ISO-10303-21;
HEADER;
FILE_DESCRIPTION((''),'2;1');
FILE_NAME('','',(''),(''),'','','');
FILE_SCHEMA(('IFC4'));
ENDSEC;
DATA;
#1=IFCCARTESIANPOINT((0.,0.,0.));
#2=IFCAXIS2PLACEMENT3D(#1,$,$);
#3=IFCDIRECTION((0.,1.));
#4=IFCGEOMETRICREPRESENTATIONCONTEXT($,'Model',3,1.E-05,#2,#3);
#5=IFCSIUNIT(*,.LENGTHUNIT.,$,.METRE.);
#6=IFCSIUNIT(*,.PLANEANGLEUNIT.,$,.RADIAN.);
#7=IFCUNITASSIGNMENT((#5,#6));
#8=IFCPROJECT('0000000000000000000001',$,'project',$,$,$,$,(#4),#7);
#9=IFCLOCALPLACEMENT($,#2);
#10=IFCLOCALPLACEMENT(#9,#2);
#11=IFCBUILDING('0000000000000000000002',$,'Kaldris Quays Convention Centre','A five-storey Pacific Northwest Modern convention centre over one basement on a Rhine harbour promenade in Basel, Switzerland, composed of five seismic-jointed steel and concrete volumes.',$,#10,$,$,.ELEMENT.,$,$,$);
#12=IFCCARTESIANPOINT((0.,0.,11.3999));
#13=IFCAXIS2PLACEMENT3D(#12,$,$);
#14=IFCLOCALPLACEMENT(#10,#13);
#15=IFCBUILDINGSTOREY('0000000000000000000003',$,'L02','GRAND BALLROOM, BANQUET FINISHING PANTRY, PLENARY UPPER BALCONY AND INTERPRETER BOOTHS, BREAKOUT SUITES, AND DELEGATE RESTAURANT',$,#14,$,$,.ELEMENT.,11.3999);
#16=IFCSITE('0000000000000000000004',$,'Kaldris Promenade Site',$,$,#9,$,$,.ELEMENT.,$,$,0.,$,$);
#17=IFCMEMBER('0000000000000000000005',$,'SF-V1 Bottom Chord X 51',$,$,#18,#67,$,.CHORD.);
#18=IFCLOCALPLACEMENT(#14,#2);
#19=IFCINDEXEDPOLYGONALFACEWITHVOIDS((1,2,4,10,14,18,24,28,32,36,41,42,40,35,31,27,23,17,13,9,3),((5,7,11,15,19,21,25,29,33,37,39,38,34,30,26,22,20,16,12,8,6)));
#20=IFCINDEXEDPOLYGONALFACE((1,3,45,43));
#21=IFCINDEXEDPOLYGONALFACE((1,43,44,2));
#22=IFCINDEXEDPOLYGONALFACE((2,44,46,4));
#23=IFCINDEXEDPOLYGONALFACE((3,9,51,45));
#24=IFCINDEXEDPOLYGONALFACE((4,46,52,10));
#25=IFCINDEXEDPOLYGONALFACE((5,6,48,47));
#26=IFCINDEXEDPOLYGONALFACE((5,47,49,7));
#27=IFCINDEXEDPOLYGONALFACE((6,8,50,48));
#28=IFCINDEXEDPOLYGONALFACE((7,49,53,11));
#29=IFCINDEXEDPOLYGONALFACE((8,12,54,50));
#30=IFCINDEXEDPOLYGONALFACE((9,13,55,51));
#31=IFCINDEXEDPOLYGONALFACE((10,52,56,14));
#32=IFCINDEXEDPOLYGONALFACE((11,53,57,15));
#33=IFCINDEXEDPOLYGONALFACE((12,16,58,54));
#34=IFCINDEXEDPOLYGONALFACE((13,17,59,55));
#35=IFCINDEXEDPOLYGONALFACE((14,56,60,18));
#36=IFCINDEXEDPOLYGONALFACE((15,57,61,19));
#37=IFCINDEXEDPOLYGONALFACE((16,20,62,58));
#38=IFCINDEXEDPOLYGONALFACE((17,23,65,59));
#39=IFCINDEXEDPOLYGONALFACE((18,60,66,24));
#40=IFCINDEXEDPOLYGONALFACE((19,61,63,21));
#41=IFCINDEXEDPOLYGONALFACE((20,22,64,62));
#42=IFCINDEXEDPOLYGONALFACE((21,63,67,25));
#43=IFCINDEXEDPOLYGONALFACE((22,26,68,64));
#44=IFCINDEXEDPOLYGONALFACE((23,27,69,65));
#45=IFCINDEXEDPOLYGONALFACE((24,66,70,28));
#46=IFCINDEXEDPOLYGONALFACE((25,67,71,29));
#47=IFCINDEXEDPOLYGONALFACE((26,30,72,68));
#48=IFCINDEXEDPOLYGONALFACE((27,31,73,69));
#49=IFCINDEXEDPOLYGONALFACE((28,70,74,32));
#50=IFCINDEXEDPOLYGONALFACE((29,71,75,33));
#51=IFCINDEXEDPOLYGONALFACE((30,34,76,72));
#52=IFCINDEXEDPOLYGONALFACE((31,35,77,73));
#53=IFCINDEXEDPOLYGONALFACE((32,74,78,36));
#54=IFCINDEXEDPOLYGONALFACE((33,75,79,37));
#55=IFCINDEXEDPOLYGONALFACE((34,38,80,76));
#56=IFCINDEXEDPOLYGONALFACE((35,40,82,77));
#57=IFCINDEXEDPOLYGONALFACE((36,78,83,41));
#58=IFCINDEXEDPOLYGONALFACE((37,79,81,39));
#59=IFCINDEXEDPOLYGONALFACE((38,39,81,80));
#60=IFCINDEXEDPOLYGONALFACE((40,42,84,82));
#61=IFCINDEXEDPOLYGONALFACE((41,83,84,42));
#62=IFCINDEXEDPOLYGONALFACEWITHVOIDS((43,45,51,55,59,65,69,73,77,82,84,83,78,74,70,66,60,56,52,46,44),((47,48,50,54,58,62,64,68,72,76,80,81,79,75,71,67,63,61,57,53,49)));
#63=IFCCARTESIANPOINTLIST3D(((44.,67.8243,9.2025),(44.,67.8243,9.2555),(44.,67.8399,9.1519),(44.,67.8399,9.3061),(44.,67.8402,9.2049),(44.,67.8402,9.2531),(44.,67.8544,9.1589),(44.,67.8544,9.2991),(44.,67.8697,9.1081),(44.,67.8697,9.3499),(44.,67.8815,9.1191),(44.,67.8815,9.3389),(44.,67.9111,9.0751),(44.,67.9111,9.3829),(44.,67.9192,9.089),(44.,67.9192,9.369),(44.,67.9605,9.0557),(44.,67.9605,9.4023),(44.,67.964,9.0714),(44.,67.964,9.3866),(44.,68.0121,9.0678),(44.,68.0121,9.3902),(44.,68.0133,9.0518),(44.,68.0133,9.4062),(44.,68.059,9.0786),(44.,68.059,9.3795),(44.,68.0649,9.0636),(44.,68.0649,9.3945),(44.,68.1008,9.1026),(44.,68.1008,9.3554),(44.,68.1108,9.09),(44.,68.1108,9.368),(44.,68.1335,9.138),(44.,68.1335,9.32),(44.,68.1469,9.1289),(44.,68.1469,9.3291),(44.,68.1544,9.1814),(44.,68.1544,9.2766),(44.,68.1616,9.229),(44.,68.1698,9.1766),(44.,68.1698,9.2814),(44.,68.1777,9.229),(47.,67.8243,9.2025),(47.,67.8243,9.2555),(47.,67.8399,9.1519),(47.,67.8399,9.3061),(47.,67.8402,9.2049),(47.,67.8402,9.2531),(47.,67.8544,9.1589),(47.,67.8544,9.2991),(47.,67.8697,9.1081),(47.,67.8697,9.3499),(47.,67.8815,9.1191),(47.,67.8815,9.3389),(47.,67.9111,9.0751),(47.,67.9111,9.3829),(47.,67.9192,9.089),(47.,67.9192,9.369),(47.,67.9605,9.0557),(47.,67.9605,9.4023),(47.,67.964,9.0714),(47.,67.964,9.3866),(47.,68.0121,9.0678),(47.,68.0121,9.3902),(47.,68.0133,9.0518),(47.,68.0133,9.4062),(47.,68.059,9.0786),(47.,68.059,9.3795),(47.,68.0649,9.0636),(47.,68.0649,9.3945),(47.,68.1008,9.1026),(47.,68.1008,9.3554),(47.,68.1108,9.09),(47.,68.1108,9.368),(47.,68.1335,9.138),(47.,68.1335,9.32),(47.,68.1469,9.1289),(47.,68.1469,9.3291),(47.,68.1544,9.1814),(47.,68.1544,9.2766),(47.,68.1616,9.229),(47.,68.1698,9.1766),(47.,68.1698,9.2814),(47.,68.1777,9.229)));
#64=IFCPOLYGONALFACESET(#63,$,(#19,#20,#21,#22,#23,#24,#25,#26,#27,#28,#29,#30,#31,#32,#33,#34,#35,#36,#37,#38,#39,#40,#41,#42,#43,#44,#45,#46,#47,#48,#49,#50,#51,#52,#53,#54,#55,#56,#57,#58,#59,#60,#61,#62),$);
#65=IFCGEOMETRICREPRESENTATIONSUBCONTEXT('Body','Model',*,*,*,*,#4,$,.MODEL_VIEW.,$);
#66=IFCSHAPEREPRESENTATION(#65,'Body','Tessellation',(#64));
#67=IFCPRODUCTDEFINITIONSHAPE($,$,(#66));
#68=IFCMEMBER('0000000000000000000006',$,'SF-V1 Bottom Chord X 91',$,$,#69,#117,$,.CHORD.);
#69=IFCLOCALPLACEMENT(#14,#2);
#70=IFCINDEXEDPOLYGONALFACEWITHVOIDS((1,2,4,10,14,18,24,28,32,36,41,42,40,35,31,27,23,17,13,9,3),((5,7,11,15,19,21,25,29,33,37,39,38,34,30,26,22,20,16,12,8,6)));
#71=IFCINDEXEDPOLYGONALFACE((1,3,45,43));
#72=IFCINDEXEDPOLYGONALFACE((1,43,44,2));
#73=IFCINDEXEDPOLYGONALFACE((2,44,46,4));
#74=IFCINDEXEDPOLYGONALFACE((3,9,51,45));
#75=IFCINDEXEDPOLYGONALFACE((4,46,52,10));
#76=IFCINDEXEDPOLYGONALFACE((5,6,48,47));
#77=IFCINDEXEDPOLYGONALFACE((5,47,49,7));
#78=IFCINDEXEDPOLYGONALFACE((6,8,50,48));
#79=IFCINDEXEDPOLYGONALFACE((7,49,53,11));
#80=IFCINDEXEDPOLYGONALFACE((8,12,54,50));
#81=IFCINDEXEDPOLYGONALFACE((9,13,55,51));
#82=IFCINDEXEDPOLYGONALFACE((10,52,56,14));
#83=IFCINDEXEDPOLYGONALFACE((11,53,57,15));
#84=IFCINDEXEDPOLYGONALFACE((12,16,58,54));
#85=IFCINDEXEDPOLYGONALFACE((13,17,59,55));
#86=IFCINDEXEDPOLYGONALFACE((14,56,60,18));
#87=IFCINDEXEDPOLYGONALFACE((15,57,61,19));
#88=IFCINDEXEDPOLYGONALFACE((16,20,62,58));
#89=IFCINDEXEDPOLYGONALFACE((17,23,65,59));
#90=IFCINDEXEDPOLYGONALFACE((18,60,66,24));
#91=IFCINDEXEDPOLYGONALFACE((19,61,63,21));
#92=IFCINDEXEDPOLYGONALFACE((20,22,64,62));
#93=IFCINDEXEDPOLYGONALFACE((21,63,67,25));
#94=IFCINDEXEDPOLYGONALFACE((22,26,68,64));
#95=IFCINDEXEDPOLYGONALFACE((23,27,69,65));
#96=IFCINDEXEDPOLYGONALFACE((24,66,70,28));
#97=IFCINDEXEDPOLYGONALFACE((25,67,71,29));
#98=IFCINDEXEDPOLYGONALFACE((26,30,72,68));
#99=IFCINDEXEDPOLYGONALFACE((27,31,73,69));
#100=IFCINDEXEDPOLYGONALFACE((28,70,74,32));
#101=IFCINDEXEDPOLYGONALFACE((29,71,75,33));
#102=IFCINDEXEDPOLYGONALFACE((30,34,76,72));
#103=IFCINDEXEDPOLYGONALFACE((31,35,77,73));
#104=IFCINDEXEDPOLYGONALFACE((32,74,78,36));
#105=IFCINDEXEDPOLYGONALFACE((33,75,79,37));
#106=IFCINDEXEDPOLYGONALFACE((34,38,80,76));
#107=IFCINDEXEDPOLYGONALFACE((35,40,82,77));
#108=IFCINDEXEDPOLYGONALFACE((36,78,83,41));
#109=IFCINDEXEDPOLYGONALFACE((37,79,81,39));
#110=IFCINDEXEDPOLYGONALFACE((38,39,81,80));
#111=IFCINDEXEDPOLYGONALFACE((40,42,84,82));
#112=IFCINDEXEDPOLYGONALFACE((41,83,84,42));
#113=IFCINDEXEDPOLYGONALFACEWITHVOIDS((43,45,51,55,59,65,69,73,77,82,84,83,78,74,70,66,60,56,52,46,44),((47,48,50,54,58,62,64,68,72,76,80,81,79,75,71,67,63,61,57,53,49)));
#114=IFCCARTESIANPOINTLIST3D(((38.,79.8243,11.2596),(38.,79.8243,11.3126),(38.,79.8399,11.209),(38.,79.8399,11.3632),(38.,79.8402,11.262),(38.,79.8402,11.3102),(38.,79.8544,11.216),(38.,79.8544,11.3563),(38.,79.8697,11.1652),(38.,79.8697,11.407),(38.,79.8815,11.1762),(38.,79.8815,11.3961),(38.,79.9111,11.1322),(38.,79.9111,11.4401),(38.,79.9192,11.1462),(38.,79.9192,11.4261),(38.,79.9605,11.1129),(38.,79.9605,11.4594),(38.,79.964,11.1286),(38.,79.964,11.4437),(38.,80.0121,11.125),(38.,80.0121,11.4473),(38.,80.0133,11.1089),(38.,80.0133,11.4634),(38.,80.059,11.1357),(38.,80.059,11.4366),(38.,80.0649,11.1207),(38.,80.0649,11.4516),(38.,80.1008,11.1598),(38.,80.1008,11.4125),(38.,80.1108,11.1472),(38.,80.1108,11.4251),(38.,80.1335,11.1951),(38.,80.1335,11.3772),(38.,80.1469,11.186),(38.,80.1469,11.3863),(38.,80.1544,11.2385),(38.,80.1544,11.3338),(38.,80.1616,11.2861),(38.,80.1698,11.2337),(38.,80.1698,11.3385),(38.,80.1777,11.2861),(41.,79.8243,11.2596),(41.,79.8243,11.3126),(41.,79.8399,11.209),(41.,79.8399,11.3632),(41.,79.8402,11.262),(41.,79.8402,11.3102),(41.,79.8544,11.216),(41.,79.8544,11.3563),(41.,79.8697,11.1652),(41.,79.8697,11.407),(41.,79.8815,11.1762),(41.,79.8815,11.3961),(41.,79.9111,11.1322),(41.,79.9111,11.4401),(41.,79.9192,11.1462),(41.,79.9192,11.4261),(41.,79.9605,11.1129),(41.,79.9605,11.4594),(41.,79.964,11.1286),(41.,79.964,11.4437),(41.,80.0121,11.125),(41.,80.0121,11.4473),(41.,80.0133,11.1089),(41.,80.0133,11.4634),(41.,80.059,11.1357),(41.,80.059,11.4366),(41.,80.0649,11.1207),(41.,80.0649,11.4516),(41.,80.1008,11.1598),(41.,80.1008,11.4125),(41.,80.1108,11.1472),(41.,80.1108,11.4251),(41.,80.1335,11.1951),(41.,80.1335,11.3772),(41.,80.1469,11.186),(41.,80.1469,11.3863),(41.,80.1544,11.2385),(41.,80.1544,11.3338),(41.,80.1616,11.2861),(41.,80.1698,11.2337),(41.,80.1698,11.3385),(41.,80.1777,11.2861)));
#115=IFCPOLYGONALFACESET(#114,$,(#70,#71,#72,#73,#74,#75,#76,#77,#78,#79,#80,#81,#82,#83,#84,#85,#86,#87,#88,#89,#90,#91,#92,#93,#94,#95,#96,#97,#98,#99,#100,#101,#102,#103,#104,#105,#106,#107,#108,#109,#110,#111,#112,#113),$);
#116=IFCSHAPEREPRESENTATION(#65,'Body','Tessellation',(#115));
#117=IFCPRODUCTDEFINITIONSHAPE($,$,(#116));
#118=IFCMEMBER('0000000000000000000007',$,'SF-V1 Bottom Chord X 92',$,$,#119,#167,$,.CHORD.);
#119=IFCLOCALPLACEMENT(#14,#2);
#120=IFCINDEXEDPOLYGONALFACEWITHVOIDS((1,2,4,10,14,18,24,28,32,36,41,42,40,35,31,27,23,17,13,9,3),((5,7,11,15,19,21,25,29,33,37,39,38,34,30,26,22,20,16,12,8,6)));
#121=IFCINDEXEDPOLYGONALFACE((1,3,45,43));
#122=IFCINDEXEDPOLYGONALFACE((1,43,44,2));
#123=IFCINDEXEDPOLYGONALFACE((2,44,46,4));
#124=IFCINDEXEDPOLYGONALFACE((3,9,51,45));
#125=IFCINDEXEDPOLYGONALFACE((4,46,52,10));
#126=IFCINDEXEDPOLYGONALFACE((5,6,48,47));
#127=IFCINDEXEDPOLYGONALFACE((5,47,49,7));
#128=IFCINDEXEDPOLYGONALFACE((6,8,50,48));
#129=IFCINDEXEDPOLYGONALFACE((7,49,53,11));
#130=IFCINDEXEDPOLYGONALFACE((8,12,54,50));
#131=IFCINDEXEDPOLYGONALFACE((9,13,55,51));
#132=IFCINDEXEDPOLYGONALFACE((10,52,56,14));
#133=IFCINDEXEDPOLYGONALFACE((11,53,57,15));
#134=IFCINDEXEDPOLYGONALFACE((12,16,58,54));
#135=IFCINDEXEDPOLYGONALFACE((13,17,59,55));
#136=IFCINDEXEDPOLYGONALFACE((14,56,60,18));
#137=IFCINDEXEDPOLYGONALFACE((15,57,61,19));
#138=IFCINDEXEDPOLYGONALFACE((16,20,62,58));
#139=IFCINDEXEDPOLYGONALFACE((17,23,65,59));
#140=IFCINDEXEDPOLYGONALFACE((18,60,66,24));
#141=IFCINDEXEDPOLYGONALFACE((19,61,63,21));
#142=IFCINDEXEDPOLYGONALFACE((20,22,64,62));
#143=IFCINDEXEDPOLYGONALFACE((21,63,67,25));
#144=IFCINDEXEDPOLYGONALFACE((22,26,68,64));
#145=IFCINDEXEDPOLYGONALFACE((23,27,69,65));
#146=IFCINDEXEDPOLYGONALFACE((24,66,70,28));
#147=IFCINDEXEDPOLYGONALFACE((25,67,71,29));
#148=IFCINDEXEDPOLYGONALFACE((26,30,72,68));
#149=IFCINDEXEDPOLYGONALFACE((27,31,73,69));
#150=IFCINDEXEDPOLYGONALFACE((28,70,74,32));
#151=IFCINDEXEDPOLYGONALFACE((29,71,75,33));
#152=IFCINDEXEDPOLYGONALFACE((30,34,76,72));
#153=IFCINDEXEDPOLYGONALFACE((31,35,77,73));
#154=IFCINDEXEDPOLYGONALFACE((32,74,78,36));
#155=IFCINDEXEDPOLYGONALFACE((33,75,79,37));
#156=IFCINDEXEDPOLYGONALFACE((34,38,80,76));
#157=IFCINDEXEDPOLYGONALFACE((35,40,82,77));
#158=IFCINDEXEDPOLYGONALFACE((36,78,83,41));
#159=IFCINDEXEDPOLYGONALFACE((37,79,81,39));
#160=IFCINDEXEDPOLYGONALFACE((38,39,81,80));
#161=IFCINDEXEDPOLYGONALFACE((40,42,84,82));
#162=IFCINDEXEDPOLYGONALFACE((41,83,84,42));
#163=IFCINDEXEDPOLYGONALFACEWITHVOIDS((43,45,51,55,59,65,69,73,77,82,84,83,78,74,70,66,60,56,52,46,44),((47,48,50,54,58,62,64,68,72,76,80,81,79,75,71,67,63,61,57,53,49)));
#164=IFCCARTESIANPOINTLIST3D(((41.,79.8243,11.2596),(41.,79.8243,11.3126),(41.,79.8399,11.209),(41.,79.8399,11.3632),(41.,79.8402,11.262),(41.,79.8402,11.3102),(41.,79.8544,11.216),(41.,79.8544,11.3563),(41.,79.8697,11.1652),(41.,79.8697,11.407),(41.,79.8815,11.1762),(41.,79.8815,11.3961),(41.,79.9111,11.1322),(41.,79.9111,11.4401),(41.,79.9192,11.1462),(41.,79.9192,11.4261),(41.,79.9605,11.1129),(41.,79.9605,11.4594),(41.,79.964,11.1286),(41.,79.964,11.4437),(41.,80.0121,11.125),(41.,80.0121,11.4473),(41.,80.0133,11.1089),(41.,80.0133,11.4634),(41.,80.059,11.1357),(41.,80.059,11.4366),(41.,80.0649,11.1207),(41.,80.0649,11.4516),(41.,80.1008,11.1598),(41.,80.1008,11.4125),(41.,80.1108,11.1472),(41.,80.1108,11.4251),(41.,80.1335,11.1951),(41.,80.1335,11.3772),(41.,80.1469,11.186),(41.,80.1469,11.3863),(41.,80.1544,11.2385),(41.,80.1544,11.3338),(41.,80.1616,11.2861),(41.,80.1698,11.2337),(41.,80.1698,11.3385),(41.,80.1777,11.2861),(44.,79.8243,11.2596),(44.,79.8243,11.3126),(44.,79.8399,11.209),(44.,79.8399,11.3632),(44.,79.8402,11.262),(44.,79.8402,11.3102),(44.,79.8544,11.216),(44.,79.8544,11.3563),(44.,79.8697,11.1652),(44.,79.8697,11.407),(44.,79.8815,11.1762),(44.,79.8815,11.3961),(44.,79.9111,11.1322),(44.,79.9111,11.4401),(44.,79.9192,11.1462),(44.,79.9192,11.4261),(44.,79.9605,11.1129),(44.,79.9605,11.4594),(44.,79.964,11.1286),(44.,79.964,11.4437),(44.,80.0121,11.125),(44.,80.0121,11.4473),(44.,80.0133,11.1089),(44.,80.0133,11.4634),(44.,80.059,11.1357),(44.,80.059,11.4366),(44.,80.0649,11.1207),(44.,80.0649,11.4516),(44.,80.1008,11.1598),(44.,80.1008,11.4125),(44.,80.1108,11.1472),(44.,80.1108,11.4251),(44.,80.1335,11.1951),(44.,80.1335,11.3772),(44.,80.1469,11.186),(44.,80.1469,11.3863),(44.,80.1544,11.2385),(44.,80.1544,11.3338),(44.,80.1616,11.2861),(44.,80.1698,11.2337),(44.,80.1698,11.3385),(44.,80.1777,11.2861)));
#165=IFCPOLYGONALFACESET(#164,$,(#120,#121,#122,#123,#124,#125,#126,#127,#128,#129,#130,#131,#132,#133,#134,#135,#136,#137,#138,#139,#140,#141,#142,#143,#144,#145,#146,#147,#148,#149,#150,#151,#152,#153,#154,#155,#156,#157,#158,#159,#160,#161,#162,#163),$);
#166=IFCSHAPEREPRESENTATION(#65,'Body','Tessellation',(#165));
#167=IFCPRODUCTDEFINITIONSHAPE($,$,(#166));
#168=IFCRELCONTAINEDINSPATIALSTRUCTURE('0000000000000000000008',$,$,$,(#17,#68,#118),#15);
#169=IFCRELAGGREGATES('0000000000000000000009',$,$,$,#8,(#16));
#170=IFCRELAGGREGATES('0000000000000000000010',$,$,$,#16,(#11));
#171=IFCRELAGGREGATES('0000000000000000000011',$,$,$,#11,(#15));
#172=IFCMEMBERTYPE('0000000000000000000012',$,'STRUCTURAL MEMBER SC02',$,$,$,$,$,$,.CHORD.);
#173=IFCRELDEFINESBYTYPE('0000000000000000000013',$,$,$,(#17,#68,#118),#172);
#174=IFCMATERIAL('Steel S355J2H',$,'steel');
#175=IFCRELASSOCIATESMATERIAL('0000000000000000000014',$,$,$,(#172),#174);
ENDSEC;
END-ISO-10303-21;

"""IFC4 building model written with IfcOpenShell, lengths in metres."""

from ifc_helpers import new_model, si_unit, direction, frame, origin, origin_2d, place, context, subcontext, project, spatial, hollow_circle, extrude, material, material_profile, profile_set, type_object, element, save


model = new_model("IFC4")

# Units and contexts
model_context = context("Model", 3, precision=1e-05, world=origin(), true_north=direction((0.0, 1.0)))
body_context = subcontext(model_context, "Body", "Model", "MODEL_VIEW")
ifc_project = project(units=[si_unit("LENGTHUNIT", "METRE"), si_unit("PLANEANGLEUNIT", "RADIAN")], contexts=[model_context])

# Site, building, storey
site_placement = place(None, origin())
site = spatial("IfcSite", under=ifc_project, at=site_placement, Name="Kaldris Promenade Site", CompositionType="ELEMENT", RefElevation=0.0)
building_placement = place(site_placement, origin())
building = spatial("IfcBuilding", under=site, at=building_placement, Name="Kaldris Quays Convention Centre", Description="A five-storey Pacific Northwest Modern convention centre over one basement on a Rhine harbour promenade in Basel, Switzerland, composed of five seismic-jointed steel and concrete volumes.", CompositionType="ELEMENT")
storey_placement = place(building_placement, frame((0.0, 0.0, 11.3999)))
storey = spatial("IfcBuildingStorey", under=building, at=storey_placement, Name="L02", Description="GRAND BALLROOM, BANQUET FINISHING PANTRY, PLENARY UPPER BALCONY AND INTERPRETER BOOTHS, BREAKOUT SUITES, AND DELEGATE RESTAURANT", CompositionType="ELEMENT", Elevation=11.3999)

# Members
ifc_material_1 = material(Name="Steel S355J2H", Category="steel")
ifc_material_profile_1 = material_profile(ifc_material_1, hollow_circle(Radius=0.1777, WallThickness=0.0161, at=origin_2d()), Name="CHS 355.6x16")
ifc_profile_set_1 = profile_set([ifc_material_profile_1], Name="Steel S355J2H")
member_type_1 = type_object("IfcMemberType", Name="STRUCTURAL MEMBER SC02", PredefinedType="CHORD", material=ifc_profile_set_1)
for number, where, z_axis, x_axis, name in (
    (1, (44.0, 68.0, 9.229), (1.0, 0.0, 0.0), (0.0, 1.0, 0.0), "SF-V1 Bottom Chord X 51"),
    (2, (38.0, 80.0, 11.2861), (1.0, 0.0, 0.0), (0.0, 1.0, 0.0), "SF-V1 Bottom Chord X 91"),
    (3, (41.0, 80.0, 11.2861), (1.0, 0.0, 0.0), (0.0, 1.0, 0.0), "SF-V1 Bottom Chord X 92"),
):
    element("IfcMember", number, at=place(storey_placement, frame(where, z_axis=z_axis, x_axis=x_axis)), inside=storey, type_object=member_type_1, Name=name, PredefinedType="CHORD", context=body_context, shape_type="SweptSolid", body=[
        extrude(hollow_circle(Radius=0.1777, WallThickness=0.0161, at=origin_2d()), origin(), (0.0, 0.0, 1.0), 3.0),
    ])

save(model, "model.ifc")
